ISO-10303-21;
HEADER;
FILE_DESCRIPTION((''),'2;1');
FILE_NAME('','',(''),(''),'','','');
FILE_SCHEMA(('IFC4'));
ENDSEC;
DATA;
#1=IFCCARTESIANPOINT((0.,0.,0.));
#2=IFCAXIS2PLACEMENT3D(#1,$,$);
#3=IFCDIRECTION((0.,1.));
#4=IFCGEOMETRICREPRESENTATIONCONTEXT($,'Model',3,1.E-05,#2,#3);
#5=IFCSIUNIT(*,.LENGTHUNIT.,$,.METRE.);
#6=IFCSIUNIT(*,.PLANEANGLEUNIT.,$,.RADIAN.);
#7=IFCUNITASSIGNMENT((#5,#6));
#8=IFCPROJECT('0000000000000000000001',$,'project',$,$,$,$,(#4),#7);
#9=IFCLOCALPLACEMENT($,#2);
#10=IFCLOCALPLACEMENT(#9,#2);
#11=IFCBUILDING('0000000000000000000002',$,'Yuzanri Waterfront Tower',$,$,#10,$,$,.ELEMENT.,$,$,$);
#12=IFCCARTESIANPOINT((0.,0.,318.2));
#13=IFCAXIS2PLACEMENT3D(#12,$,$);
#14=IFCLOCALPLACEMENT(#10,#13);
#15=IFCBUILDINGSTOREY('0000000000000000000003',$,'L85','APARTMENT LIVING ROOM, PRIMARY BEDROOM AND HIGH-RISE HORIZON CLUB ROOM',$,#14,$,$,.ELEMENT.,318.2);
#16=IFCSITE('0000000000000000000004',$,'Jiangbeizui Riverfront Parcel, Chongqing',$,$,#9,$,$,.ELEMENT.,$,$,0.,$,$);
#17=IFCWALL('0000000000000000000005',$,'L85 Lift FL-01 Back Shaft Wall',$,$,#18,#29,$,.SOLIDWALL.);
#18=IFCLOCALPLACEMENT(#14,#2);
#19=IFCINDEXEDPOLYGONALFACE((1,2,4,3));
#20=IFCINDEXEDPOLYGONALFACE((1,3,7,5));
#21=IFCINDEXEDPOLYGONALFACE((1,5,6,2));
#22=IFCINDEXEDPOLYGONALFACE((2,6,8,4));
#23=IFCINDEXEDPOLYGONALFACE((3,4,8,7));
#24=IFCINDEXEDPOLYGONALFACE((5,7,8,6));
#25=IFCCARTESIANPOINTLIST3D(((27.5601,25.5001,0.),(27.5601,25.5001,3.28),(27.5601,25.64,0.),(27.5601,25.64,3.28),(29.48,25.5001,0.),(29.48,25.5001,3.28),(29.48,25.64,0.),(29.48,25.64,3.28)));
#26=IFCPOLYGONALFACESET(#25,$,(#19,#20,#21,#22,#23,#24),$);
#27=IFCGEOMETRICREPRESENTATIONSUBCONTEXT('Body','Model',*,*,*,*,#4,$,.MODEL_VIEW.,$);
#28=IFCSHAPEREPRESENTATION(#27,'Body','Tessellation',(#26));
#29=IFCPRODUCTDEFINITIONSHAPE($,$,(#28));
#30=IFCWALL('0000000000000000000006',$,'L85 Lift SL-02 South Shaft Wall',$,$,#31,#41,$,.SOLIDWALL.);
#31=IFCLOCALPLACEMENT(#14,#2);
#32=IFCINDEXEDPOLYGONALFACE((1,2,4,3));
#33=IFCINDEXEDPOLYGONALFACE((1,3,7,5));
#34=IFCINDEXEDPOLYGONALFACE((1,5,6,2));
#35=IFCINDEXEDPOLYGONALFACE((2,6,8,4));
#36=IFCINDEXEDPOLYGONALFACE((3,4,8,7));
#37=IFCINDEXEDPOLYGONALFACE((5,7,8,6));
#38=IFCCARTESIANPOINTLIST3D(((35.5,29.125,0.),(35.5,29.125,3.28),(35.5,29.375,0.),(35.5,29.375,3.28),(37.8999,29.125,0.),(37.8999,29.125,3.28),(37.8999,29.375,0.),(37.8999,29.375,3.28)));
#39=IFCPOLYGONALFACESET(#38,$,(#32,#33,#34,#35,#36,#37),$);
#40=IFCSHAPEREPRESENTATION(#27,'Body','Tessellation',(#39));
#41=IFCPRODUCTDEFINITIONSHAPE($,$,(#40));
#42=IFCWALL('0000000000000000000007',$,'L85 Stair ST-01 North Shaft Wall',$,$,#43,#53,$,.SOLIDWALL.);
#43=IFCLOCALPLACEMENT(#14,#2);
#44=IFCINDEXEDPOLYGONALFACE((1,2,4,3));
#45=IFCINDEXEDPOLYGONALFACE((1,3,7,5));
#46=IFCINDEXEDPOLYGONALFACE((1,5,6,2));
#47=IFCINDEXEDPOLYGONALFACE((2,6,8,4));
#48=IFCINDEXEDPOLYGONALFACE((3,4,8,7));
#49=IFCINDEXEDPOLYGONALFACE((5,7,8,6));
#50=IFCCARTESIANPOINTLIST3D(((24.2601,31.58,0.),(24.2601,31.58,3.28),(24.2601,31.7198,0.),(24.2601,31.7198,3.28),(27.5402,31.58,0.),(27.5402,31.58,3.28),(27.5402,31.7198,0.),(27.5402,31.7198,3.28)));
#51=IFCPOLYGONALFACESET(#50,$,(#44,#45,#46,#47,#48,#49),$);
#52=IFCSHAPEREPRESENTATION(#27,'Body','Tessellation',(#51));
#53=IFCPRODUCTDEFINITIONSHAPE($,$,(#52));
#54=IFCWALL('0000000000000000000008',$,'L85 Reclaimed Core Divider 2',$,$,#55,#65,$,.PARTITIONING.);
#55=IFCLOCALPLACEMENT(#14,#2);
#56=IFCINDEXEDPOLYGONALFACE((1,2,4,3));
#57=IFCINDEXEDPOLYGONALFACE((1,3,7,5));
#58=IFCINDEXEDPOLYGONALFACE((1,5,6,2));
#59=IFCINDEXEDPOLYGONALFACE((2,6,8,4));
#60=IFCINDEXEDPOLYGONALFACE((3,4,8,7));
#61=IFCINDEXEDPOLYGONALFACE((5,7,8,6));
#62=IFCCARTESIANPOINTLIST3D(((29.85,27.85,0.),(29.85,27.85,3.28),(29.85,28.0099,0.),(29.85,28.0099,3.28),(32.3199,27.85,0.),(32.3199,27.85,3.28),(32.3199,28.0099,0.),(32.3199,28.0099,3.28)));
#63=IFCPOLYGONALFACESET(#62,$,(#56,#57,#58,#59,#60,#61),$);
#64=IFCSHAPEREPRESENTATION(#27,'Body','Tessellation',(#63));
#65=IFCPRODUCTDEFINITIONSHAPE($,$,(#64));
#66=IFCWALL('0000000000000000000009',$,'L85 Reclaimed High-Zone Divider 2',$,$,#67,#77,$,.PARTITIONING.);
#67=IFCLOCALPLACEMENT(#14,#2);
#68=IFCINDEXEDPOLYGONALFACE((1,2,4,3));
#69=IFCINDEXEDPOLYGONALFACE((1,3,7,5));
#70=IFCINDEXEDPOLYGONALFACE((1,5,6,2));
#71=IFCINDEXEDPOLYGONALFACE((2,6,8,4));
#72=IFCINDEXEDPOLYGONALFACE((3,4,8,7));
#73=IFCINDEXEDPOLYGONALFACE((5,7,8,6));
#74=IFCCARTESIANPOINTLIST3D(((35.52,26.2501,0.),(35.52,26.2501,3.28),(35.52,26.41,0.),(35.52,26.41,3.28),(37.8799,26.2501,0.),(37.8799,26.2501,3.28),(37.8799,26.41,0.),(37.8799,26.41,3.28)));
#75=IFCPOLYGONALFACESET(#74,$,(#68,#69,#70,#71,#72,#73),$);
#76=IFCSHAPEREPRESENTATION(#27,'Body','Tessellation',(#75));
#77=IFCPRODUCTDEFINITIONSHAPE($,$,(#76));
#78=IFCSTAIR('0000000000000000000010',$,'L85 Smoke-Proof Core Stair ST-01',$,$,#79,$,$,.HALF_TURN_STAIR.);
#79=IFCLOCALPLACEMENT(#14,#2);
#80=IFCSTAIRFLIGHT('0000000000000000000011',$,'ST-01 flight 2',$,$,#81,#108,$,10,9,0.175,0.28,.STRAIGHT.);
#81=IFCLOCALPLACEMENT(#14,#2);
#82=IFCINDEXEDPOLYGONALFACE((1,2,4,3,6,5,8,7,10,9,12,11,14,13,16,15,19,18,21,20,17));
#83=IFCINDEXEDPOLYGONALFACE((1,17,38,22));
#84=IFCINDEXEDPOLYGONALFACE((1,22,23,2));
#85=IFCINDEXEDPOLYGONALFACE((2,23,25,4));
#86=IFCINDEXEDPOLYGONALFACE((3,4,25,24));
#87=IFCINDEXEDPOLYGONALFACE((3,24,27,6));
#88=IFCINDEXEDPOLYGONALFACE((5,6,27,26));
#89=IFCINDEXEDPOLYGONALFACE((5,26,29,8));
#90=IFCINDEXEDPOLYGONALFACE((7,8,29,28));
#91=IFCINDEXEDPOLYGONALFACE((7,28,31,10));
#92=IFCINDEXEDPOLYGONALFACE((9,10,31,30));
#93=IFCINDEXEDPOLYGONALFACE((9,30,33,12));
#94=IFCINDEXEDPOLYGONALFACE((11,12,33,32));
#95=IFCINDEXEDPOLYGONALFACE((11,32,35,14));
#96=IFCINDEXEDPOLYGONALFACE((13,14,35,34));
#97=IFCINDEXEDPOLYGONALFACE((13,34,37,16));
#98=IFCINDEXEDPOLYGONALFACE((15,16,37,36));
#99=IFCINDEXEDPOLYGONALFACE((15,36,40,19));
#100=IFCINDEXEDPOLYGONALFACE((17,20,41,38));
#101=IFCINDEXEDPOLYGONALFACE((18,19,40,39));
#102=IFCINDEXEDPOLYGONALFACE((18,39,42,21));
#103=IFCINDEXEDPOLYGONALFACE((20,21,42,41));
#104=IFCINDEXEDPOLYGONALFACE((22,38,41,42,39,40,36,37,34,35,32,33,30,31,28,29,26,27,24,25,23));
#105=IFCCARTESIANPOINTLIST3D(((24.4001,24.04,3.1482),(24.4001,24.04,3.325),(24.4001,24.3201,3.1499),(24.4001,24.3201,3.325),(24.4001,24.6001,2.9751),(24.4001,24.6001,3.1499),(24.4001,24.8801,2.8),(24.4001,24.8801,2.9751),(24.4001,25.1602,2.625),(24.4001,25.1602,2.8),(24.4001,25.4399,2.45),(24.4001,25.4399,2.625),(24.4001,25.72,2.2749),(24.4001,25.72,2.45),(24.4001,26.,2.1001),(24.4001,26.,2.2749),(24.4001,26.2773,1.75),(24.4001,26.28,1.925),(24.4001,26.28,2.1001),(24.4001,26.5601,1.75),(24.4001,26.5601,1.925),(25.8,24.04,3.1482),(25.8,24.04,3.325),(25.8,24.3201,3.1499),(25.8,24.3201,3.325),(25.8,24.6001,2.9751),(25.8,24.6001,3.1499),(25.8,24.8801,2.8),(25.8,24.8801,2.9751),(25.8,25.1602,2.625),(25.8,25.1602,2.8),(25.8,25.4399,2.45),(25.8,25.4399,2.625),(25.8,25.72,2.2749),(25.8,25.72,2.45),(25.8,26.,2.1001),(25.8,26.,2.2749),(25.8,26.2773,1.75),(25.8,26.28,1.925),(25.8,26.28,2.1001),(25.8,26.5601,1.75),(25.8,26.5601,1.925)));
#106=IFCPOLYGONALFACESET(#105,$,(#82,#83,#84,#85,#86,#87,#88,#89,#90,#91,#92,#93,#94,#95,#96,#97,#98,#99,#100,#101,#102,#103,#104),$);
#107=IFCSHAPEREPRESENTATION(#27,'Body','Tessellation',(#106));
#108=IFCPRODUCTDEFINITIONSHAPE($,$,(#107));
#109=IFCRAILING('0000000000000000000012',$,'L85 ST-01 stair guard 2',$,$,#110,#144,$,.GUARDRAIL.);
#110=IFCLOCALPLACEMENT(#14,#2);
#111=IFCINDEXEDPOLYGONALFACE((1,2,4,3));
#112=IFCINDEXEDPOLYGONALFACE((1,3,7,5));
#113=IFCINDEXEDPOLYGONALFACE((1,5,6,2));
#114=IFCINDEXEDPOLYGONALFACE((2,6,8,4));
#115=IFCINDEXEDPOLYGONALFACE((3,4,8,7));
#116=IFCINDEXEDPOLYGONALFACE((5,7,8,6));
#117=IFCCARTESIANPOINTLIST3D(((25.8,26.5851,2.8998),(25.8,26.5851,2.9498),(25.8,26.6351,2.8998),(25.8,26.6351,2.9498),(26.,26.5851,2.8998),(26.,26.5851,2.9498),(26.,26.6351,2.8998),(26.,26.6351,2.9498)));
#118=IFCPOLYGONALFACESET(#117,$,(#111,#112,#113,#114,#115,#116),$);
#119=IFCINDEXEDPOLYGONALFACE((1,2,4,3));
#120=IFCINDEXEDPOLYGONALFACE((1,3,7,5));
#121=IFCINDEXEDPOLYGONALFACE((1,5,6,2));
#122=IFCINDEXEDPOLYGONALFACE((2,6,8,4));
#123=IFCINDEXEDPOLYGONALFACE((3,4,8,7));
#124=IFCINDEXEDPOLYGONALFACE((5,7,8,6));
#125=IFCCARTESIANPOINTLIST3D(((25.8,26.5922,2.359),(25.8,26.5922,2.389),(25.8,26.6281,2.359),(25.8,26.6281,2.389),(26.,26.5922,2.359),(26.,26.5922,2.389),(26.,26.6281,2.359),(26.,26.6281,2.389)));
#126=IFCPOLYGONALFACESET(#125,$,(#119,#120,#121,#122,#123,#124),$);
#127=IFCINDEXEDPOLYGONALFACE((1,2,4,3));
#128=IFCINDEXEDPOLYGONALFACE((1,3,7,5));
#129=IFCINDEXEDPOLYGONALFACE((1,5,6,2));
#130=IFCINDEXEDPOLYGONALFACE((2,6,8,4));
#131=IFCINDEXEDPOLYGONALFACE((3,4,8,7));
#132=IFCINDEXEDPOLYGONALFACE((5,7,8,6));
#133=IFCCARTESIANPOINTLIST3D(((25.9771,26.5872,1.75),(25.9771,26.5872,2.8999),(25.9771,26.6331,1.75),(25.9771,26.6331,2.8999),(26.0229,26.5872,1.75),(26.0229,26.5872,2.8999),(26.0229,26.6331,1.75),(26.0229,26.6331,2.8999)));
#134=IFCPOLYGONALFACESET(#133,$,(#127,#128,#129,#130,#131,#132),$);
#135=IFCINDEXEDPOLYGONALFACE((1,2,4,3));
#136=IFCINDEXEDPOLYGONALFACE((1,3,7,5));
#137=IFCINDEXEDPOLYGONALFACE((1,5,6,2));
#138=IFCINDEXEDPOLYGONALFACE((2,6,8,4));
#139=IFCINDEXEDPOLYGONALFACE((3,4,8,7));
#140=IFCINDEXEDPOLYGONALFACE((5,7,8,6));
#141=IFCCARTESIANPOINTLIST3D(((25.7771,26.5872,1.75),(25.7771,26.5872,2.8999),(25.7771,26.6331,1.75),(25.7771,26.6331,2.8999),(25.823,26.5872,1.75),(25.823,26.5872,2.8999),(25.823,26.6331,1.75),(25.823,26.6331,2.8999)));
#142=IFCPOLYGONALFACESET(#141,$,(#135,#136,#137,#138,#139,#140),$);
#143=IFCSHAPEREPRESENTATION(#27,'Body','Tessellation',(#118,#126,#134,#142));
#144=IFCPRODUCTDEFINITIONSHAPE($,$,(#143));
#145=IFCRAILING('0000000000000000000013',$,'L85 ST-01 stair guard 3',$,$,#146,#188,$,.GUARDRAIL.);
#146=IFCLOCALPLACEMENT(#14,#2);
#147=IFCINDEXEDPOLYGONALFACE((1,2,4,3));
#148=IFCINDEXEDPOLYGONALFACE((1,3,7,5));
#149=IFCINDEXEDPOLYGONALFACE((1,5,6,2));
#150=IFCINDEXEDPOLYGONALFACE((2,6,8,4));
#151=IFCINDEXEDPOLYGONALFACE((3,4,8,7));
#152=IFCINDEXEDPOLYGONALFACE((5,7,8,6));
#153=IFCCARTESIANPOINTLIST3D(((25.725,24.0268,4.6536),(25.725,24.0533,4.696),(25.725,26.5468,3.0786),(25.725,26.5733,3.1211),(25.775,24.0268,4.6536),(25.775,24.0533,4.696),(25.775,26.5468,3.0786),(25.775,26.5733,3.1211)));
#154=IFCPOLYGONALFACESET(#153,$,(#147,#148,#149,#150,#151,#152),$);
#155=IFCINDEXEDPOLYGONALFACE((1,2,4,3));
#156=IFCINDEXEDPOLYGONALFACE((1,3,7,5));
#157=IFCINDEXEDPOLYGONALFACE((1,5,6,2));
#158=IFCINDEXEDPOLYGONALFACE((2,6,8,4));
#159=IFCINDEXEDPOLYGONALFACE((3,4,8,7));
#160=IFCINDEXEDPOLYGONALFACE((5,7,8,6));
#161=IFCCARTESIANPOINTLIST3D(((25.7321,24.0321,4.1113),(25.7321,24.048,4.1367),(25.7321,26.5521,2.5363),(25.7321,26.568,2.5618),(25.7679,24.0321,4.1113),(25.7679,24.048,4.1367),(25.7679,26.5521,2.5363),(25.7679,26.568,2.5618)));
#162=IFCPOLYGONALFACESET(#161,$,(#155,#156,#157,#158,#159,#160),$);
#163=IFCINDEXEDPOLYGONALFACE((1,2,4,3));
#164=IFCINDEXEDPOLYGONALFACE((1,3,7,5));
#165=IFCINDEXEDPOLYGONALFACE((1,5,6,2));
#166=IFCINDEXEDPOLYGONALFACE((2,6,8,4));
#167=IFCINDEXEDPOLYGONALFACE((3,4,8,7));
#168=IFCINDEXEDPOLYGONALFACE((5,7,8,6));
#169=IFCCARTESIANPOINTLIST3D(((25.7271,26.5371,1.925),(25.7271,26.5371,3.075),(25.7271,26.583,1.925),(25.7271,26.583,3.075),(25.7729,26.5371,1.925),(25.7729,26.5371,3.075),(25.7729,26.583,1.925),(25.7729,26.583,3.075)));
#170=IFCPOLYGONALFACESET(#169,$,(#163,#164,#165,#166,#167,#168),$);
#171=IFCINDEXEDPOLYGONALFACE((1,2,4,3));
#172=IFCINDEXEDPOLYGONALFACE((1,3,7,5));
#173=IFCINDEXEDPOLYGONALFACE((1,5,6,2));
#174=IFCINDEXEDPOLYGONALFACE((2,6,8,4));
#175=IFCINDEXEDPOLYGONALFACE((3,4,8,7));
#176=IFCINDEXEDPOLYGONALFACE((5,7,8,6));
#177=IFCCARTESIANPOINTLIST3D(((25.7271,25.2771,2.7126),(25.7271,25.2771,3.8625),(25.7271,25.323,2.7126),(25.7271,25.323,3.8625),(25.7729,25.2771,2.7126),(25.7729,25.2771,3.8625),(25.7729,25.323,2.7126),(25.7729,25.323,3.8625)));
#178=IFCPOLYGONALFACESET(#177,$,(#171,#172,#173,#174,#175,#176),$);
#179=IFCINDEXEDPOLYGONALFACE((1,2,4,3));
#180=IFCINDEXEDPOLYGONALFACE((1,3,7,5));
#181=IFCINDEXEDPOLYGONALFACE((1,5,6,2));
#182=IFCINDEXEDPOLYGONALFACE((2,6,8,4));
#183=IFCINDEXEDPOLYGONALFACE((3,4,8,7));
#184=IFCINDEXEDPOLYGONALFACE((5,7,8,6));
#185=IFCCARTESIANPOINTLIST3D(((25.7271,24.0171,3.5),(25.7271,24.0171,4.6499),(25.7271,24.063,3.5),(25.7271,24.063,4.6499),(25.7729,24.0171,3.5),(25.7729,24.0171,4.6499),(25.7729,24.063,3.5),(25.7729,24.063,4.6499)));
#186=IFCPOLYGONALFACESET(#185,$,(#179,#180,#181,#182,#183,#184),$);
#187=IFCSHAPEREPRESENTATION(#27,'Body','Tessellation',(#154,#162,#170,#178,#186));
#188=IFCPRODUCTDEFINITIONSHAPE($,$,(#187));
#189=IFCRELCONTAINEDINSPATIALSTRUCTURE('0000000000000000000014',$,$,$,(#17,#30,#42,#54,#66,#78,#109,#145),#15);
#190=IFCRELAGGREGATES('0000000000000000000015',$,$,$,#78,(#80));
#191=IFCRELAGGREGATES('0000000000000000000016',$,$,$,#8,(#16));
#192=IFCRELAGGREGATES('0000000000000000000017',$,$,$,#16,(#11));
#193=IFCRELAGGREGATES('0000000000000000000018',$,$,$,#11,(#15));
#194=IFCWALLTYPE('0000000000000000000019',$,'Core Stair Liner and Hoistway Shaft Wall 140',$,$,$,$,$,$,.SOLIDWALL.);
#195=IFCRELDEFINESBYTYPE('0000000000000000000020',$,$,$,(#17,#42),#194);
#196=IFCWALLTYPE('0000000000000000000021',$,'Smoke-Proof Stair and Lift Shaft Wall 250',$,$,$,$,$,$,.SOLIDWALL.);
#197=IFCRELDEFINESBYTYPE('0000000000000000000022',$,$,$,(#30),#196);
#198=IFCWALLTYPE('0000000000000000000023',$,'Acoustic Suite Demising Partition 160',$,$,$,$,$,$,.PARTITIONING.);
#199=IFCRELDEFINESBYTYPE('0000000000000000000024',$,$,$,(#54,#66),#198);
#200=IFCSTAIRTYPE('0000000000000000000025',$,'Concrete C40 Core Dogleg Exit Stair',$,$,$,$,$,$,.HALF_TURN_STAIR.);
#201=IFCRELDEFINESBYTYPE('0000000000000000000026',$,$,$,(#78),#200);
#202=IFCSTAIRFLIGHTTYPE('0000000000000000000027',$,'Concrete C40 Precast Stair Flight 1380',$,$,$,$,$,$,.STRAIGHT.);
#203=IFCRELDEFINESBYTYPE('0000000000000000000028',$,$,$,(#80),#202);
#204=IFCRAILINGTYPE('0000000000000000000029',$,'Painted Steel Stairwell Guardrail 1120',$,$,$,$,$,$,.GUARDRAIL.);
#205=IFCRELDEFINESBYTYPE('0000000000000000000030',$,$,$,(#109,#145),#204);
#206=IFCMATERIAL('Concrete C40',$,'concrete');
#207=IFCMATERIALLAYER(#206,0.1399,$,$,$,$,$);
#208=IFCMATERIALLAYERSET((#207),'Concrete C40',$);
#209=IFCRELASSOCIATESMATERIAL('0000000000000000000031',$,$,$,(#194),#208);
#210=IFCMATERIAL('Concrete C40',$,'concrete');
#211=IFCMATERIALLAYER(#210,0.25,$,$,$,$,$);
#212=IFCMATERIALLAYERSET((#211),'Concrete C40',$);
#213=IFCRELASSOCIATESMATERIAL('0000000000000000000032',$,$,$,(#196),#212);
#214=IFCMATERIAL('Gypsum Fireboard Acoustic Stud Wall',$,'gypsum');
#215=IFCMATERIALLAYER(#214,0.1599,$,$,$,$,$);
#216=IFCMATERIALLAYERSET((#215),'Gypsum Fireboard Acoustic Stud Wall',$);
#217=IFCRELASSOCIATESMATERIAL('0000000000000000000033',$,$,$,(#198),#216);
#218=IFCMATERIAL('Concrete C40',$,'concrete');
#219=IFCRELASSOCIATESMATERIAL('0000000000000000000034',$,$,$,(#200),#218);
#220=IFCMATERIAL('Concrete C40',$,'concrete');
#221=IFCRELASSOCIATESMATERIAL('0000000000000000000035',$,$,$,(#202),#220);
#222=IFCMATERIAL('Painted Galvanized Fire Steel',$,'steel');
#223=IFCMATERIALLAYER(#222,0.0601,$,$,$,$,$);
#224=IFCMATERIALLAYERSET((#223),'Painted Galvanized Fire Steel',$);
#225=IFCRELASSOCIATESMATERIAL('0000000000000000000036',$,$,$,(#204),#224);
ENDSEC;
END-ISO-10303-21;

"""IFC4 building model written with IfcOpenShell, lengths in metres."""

from ifc_helpers import new_model, si_unit, direction, frame, frame_2d, origin, origin_2d, place, context, subcontext, project, spatial, polyline, rectangle, outline, extrude, source, transform, mapped, material, layer, layer_set, type_object, element, aggregate, save


model = new_model("IFC4")

# Units and contexts
model_context = context("Model", 3, precision=1e-05, world=origin(), true_north=direction((0.0, 1.0)))
body_context = subcontext(model_context, "Body", "Model", "MODEL_VIEW")
ifc_project = project(units=[si_unit("LENGTHUNIT", "METRE"), si_unit("PLANEANGLEUNIT", "RADIAN")], contexts=[model_context])

# Site, building, storey
site_placement = place(None, origin())
site = spatial("IfcSite", under=ifc_project, at=site_placement, Name="Jiangbeizui Riverfront Parcel, Chongqing", CompositionType="ELEMENT", RefElevation=0.0)
building_placement = place(site_placement, origin())
building = spatial("IfcBuilding", under=site, at=building_placement, Name="Yuzanri Waterfront Tower", CompositionType="ELEMENT")
storey_placement = place(building_placement, frame((0.0, 0.0, 318.2)))
storey = spatial("IfcBuildingStorey", under=building, at=storey_placement, Name="L85", Description="APARTMENT LIVING ROOM, PRIMARY BEDROOM AND HIGH-RISE HORIZON CLUB ROOM", CompositionType="ELEMENT", Elevation=318.2)

# Shared definitions
ifc_material_1 = material(Name="Concrete C40", Category="concrete")
ifc_layer_1 = layer(ifc_material_1, 0.1399)
ifc_layer_set_1 = layer_set([ifc_layer_1], Name="Concrete C40")
wall_type_1 = type_object("IfcWallType", Name="Core Stair Liner and Hoistway Shaft Wall 140", PredefinedType="SOLIDWALL", material=ifc_layer_set_1)

# Walls
shared_shape_1 = source(origin(), body_context, "Body", "SweptSolid", [
    extrude(rectangle(XDim=1.9199, YDim=0.1399, at=frame_2d((0.96, 0.0))), origin(), (0.0, 0.0, 1.0), 3.28),
])
wall_1_placement = place(storey_placement, frame((27.5601, 25.5701, 0.0), z_axis=(0.0, 0.0, 1.0), x_axis=(1.0, 0.0, 0.0)))
element("IfcWall", 1, at=wall_1_placement, inside=storey, type_object=wall_type_1, Name="L85 Lift FL-01 Back Shaft Wall", PredefinedType="SOLIDWALL", context=body_context, shape_type="MappedRepresentation", body=[
    mapped(shared_shape_1, transform((0.0, 0.0, 0.0), scale=1.0)),
])
ifc_material_2 = material(Name="Concrete C40", Category="concrete")
ifc_layer_2 = layer(ifc_material_2, 0.25)
ifc_layer_set_2 = layer_set([ifc_layer_2], Name="Concrete C40")
wall_type_2 = type_object("IfcWallType", Name="Smoke-Proof Stair and Lift Shaft Wall 250", PredefinedType="SOLIDWALL", material=ifc_layer_set_2)
shared_shape_2 = source(origin(), body_context, "Body", "SweptSolid", [
    extrude(rectangle(XDim=2.3999, YDim=0.25, at=frame_2d((1.2, 0.0))), origin(), (0.0, 0.0, 1.0), 3.28),
])
wall_2_placement = place(storey_placement, frame((35.5, 29.25, 0.0), z_axis=(0.0, 0.0, 1.0), x_axis=(1.0, 0.0, 0.0)))
element("IfcWall", 2, at=wall_2_placement, inside=storey, type_object=wall_type_2, Name="L85 Lift SL-02 South Shaft Wall", PredefinedType="SOLIDWALL", context=body_context, shape_type="MappedRepresentation", body=[
    mapped(shared_shape_2, transform((0.0, 0.0, 0.0), scale=1.0)),
])
shared_shape_3 = source(origin(), body_context, "Body", "SweptSolid", [
    extrude(rectangle(XDim=3.28, YDim=0.1399, at=frame_2d((1.6401, 0.0))), origin(), (0.0, 0.0, 1.0), 3.28),
])
wall_3_placement = place(storey_placement, frame((24.26, 31.6499, 0.0), z_axis=(0.0, 0.0, 1.0), x_axis=(1.0, 0.0, 0.0)))
element("IfcWall", 3, at=wall_3_placement, inside=storey, type_object=wall_type_1, Name="L85 Stair ST-01 North Shaft Wall", PredefinedType="SOLIDWALL", context=body_context, shape_type="MappedRepresentation", body=[
    mapped(shared_shape_3, transform((0.0, 0.0, 0.0), scale=1.0)),
])
ifc_material_3 = material(Name="Gypsum Fireboard Acoustic Stud Wall", Category="gypsum")
ifc_layer_3 = layer(ifc_material_3, 0.1599)
ifc_layer_set_3 = layer_set([ifc_layer_3], Name="Gypsum Fireboard Acoustic Stud Wall")
wall_type_3 = type_object("IfcWallType", Name="Acoustic Suite Demising Partition 160", PredefinedType="PARTITIONING", material=ifc_layer_set_3)
shared_shape_4 = source(origin(), body_context, "Body", "SweptSolid", [
    extrude(rectangle(XDim=2.47, YDim=0.1599, at=frame_2d((1.2349, 0.0))), origin(), (0.0, 0.0, 1.0), 3.28),
])
wall_4_placement = place(storey_placement, frame((29.8501, 27.9299, 0.0), z_axis=(0.0, 0.0, 1.0), x_axis=(1.0, 0.0, 0.0)))
element("IfcWall", 4, at=wall_4_placement, inside=storey, type_object=wall_type_3, Name="L85 Reclaimed Core Divider 2", PredefinedType="PARTITIONING", context=body_context, shape_type="MappedRepresentation", body=[
    mapped(shared_shape_4, transform((0.0, 0.0, 0.0), scale=1.0)),
])
shared_shape_5 = source(origin(), body_context, "Body", "SweptSolid", [
    extrude(rectangle(XDim=2.3599, YDim=0.1599, at=frame_2d((1.1799, 0.0))), origin(), (0.0, 0.0, 1.0), 3.28),
])
wall_5_placement = place(storey_placement, frame((35.52, 26.3301, 0.0), z_axis=(0.0, 0.0, 1.0), x_axis=(1.0, 0.0, 0.0)))
element("IfcWall", 5, at=wall_5_placement, inside=storey, type_object=wall_type_3, Name="L85 Reclaimed High-Zone Divider 2", PredefinedType="PARTITIONING", context=body_context, shape_type="MappedRepresentation", body=[
    mapped(shared_shape_5, transform((0.0, 0.0, 0.0), scale=1.0)),
])

# Stair, stair flight
ifc_material_4 = material(Name="Concrete C40", Category="concrete")
stair_type = type_object("IfcStairType", Name="Concrete C40 Core Dogleg Exit Stair", PredefinedType="HALF_TURN_STAIR", material=ifc_material_4)
stair_placement = place(storey_placement, origin())
stair = element("IfcStair", 6, at=stair_placement, inside=storey, type_object=stair_type, Name="L85 Smoke-Proof Core Stair ST-01", PredefinedType="HALF_TURN_STAIR")
ifc_material_5 = material(Name="Concrete C40", Category="concrete")
stair_flight_type = type_object("IfcStairFlightType", Name="Concrete C40 Precast Stair Flight 1380", PredefinedType="STRAIGHT", material=ifc_material_5)
shared_shape_6 = source(origin(), body_context, "Body", "SweptSolid", [
    extrude(outline(polyline([(0.0, 0.0), (0.0, 0.175), (0.28, 0.175), (0.28, 0.3501), (0.5601, 0.3501), (0.5601, 0.5249), (0.8401, 0.5249), (0.8401, 0.7), (1.1201, 0.7), (1.1201, 0.875), (1.3999, 0.875), (1.3999, 1.05), (1.6799, 1.05), (1.6799, 1.2251), (1.96, 1.2251), (1.96, 1.3999), (2.24, 1.3999), (2.24, 1.575), (2.52, 1.575), (2.52, 1.75), (2.52, 1.3982), (0.2827, 0.0), (0.0, 0.0)])), frame((0.0, 0.7, 0.0), z_axis=(0.0, -1.0, 0.0), x_axis=(1.0, 0.0, 0.0)), (0.0, 0.0, 1.0), 1.3999),
])
stair_flight_placement = place(storey_placement, frame((25.1001, 26.5601, 1.75), z_axis=(0.0, 0.0, 1.0), x_axis=(0.0, -1.0, 0.0)))
stair_flight = element("IfcStairFlight", 7, at=stair_flight_placement, type_object=stair_flight_type, Name="ST-01 flight 2", NumberOfRisers=10, NumberOfTreads=9, PredefinedType="STRAIGHT", RiserHeight=0.175, TreadLength=0.28, context=body_context, shape_type="MappedRepresentation", body=[
    mapped(shared_shape_6, transform((0.0, 0.0, 0.0), scale=1.0)),
])
aggregate(stair, [stair_flight])

# Railings
ifc_material_6 = material(Name="Painted Galvanized Fire Steel", Category="steel")
ifc_layer_4 = layer(ifc_material_6, 0.0601)
ifc_layer_set_4 = layer_set([ifc_layer_4], Name="Painted Galvanized Fire Steel")
railing_type_1 = type_object("IfcRailingType", Name="Painted Steel Stairwell Guardrail 1120", PredefinedType="GUARDRAIL", material=ifc_layer_set_4)
shared_shape_7 = source(origin(), body_context, "Body", "SweptSolid", [
    extrude(rectangle(XDim=0.05, YDim=0.05, at=origin_2d()), frame((0.0, 0.0, 1.1748), z_axis=(-1.0, 0.0, 0.0), x_axis=(0.0, -1.0, 0.0)), (0.0, 0.0, 1.0), 0.2),
    extrude(rectangle(XDim=0.0359, YDim=0.03, at=origin_2d()), frame((0.0, 0.0, 0.624), z_axis=(-1.0, 0.0, 0.0), x_axis=(0.0, -1.0, 0.0)), (0.0, 0.0, 1.0), 0.2),
    extrude(rectangle(XDim=0.0459, YDim=0.0459, at=origin_2d()), origin(), (0.0, 0.0, 1.0), 1.1499),
    extrude(rectangle(XDim=0.0459, YDim=0.0459, at=origin_2d()), frame((-0.2, 0.0, 0.0)), (0.0, 0.0, 1.0), 1.1499),
])
railing_1_placement = place(storey_placement, frame((26.0, 26.6101, 1.75)))
element("IfcRailing", 8, at=railing_1_placement, inside=storey, type_object=railing_type_1, Name="L85 ST-01 stair guard 2", PredefinedType="GUARDRAIL", context=body_context, shape_type="MappedRepresentation", body=[
    mapped(shared_shape_7, transform((0.0, 0.0, 0.0), scale=1.0)),
])
shared_shape_8 = source(origin(), body_context, "Body", "SweptSolid", [
    extrude(rectangle(XDim=0.05, YDim=0.05, at=origin_2d()), frame((0.0, 0.0, 1.1748), z_axis=(0.0, -0.848008, 0.529984), x_axis=(1.0, 0.0, 0.0)), (0.0, 0.0, 1.0), 2.9717),
    extrude(rectangle(XDim=0.0359, YDim=0.03, at=origin_2d()), frame((0.0, 0.0, 0.624), z_axis=(0.0, -0.848008, 0.529984), x_axis=(1.0, 0.0, 0.0)), (0.0, 0.0, 1.0), 2.9717),
    extrude(rectangle(XDim=0.0459, YDim=0.0459, at=origin_2d()), origin(), (0.0, 0.0, 1.0), 1.1499),
    extrude(rectangle(XDim=0.0459, YDim=0.0459, at=origin_2d()), frame((0.0, -1.26, 0.7876)), (0.0, 0.0, 1.0), 1.1499),
    extrude(rectangle(XDim=0.0459, YDim=0.0459, at=origin_2d()), frame((0.0, -2.52, 1.575)), (0.0, 0.0, 1.0), 1.1499),
])
railing_2_placement = place(storey_placement, frame((25.75, 26.5601, 1.925)))
element("IfcRailing", 9, at=railing_2_placement, inside=storey, type_object=railing_type_1, Name="L85 ST-01 stair guard 3", PredefinedType="GUARDRAIL", context=body_context, shape_type="MappedRepresentation", body=[
    mapped(shared_shape_8, transform((0.0, 0.0, 0.0), scale=1.0)),
])

save(model, "model.ifc")
